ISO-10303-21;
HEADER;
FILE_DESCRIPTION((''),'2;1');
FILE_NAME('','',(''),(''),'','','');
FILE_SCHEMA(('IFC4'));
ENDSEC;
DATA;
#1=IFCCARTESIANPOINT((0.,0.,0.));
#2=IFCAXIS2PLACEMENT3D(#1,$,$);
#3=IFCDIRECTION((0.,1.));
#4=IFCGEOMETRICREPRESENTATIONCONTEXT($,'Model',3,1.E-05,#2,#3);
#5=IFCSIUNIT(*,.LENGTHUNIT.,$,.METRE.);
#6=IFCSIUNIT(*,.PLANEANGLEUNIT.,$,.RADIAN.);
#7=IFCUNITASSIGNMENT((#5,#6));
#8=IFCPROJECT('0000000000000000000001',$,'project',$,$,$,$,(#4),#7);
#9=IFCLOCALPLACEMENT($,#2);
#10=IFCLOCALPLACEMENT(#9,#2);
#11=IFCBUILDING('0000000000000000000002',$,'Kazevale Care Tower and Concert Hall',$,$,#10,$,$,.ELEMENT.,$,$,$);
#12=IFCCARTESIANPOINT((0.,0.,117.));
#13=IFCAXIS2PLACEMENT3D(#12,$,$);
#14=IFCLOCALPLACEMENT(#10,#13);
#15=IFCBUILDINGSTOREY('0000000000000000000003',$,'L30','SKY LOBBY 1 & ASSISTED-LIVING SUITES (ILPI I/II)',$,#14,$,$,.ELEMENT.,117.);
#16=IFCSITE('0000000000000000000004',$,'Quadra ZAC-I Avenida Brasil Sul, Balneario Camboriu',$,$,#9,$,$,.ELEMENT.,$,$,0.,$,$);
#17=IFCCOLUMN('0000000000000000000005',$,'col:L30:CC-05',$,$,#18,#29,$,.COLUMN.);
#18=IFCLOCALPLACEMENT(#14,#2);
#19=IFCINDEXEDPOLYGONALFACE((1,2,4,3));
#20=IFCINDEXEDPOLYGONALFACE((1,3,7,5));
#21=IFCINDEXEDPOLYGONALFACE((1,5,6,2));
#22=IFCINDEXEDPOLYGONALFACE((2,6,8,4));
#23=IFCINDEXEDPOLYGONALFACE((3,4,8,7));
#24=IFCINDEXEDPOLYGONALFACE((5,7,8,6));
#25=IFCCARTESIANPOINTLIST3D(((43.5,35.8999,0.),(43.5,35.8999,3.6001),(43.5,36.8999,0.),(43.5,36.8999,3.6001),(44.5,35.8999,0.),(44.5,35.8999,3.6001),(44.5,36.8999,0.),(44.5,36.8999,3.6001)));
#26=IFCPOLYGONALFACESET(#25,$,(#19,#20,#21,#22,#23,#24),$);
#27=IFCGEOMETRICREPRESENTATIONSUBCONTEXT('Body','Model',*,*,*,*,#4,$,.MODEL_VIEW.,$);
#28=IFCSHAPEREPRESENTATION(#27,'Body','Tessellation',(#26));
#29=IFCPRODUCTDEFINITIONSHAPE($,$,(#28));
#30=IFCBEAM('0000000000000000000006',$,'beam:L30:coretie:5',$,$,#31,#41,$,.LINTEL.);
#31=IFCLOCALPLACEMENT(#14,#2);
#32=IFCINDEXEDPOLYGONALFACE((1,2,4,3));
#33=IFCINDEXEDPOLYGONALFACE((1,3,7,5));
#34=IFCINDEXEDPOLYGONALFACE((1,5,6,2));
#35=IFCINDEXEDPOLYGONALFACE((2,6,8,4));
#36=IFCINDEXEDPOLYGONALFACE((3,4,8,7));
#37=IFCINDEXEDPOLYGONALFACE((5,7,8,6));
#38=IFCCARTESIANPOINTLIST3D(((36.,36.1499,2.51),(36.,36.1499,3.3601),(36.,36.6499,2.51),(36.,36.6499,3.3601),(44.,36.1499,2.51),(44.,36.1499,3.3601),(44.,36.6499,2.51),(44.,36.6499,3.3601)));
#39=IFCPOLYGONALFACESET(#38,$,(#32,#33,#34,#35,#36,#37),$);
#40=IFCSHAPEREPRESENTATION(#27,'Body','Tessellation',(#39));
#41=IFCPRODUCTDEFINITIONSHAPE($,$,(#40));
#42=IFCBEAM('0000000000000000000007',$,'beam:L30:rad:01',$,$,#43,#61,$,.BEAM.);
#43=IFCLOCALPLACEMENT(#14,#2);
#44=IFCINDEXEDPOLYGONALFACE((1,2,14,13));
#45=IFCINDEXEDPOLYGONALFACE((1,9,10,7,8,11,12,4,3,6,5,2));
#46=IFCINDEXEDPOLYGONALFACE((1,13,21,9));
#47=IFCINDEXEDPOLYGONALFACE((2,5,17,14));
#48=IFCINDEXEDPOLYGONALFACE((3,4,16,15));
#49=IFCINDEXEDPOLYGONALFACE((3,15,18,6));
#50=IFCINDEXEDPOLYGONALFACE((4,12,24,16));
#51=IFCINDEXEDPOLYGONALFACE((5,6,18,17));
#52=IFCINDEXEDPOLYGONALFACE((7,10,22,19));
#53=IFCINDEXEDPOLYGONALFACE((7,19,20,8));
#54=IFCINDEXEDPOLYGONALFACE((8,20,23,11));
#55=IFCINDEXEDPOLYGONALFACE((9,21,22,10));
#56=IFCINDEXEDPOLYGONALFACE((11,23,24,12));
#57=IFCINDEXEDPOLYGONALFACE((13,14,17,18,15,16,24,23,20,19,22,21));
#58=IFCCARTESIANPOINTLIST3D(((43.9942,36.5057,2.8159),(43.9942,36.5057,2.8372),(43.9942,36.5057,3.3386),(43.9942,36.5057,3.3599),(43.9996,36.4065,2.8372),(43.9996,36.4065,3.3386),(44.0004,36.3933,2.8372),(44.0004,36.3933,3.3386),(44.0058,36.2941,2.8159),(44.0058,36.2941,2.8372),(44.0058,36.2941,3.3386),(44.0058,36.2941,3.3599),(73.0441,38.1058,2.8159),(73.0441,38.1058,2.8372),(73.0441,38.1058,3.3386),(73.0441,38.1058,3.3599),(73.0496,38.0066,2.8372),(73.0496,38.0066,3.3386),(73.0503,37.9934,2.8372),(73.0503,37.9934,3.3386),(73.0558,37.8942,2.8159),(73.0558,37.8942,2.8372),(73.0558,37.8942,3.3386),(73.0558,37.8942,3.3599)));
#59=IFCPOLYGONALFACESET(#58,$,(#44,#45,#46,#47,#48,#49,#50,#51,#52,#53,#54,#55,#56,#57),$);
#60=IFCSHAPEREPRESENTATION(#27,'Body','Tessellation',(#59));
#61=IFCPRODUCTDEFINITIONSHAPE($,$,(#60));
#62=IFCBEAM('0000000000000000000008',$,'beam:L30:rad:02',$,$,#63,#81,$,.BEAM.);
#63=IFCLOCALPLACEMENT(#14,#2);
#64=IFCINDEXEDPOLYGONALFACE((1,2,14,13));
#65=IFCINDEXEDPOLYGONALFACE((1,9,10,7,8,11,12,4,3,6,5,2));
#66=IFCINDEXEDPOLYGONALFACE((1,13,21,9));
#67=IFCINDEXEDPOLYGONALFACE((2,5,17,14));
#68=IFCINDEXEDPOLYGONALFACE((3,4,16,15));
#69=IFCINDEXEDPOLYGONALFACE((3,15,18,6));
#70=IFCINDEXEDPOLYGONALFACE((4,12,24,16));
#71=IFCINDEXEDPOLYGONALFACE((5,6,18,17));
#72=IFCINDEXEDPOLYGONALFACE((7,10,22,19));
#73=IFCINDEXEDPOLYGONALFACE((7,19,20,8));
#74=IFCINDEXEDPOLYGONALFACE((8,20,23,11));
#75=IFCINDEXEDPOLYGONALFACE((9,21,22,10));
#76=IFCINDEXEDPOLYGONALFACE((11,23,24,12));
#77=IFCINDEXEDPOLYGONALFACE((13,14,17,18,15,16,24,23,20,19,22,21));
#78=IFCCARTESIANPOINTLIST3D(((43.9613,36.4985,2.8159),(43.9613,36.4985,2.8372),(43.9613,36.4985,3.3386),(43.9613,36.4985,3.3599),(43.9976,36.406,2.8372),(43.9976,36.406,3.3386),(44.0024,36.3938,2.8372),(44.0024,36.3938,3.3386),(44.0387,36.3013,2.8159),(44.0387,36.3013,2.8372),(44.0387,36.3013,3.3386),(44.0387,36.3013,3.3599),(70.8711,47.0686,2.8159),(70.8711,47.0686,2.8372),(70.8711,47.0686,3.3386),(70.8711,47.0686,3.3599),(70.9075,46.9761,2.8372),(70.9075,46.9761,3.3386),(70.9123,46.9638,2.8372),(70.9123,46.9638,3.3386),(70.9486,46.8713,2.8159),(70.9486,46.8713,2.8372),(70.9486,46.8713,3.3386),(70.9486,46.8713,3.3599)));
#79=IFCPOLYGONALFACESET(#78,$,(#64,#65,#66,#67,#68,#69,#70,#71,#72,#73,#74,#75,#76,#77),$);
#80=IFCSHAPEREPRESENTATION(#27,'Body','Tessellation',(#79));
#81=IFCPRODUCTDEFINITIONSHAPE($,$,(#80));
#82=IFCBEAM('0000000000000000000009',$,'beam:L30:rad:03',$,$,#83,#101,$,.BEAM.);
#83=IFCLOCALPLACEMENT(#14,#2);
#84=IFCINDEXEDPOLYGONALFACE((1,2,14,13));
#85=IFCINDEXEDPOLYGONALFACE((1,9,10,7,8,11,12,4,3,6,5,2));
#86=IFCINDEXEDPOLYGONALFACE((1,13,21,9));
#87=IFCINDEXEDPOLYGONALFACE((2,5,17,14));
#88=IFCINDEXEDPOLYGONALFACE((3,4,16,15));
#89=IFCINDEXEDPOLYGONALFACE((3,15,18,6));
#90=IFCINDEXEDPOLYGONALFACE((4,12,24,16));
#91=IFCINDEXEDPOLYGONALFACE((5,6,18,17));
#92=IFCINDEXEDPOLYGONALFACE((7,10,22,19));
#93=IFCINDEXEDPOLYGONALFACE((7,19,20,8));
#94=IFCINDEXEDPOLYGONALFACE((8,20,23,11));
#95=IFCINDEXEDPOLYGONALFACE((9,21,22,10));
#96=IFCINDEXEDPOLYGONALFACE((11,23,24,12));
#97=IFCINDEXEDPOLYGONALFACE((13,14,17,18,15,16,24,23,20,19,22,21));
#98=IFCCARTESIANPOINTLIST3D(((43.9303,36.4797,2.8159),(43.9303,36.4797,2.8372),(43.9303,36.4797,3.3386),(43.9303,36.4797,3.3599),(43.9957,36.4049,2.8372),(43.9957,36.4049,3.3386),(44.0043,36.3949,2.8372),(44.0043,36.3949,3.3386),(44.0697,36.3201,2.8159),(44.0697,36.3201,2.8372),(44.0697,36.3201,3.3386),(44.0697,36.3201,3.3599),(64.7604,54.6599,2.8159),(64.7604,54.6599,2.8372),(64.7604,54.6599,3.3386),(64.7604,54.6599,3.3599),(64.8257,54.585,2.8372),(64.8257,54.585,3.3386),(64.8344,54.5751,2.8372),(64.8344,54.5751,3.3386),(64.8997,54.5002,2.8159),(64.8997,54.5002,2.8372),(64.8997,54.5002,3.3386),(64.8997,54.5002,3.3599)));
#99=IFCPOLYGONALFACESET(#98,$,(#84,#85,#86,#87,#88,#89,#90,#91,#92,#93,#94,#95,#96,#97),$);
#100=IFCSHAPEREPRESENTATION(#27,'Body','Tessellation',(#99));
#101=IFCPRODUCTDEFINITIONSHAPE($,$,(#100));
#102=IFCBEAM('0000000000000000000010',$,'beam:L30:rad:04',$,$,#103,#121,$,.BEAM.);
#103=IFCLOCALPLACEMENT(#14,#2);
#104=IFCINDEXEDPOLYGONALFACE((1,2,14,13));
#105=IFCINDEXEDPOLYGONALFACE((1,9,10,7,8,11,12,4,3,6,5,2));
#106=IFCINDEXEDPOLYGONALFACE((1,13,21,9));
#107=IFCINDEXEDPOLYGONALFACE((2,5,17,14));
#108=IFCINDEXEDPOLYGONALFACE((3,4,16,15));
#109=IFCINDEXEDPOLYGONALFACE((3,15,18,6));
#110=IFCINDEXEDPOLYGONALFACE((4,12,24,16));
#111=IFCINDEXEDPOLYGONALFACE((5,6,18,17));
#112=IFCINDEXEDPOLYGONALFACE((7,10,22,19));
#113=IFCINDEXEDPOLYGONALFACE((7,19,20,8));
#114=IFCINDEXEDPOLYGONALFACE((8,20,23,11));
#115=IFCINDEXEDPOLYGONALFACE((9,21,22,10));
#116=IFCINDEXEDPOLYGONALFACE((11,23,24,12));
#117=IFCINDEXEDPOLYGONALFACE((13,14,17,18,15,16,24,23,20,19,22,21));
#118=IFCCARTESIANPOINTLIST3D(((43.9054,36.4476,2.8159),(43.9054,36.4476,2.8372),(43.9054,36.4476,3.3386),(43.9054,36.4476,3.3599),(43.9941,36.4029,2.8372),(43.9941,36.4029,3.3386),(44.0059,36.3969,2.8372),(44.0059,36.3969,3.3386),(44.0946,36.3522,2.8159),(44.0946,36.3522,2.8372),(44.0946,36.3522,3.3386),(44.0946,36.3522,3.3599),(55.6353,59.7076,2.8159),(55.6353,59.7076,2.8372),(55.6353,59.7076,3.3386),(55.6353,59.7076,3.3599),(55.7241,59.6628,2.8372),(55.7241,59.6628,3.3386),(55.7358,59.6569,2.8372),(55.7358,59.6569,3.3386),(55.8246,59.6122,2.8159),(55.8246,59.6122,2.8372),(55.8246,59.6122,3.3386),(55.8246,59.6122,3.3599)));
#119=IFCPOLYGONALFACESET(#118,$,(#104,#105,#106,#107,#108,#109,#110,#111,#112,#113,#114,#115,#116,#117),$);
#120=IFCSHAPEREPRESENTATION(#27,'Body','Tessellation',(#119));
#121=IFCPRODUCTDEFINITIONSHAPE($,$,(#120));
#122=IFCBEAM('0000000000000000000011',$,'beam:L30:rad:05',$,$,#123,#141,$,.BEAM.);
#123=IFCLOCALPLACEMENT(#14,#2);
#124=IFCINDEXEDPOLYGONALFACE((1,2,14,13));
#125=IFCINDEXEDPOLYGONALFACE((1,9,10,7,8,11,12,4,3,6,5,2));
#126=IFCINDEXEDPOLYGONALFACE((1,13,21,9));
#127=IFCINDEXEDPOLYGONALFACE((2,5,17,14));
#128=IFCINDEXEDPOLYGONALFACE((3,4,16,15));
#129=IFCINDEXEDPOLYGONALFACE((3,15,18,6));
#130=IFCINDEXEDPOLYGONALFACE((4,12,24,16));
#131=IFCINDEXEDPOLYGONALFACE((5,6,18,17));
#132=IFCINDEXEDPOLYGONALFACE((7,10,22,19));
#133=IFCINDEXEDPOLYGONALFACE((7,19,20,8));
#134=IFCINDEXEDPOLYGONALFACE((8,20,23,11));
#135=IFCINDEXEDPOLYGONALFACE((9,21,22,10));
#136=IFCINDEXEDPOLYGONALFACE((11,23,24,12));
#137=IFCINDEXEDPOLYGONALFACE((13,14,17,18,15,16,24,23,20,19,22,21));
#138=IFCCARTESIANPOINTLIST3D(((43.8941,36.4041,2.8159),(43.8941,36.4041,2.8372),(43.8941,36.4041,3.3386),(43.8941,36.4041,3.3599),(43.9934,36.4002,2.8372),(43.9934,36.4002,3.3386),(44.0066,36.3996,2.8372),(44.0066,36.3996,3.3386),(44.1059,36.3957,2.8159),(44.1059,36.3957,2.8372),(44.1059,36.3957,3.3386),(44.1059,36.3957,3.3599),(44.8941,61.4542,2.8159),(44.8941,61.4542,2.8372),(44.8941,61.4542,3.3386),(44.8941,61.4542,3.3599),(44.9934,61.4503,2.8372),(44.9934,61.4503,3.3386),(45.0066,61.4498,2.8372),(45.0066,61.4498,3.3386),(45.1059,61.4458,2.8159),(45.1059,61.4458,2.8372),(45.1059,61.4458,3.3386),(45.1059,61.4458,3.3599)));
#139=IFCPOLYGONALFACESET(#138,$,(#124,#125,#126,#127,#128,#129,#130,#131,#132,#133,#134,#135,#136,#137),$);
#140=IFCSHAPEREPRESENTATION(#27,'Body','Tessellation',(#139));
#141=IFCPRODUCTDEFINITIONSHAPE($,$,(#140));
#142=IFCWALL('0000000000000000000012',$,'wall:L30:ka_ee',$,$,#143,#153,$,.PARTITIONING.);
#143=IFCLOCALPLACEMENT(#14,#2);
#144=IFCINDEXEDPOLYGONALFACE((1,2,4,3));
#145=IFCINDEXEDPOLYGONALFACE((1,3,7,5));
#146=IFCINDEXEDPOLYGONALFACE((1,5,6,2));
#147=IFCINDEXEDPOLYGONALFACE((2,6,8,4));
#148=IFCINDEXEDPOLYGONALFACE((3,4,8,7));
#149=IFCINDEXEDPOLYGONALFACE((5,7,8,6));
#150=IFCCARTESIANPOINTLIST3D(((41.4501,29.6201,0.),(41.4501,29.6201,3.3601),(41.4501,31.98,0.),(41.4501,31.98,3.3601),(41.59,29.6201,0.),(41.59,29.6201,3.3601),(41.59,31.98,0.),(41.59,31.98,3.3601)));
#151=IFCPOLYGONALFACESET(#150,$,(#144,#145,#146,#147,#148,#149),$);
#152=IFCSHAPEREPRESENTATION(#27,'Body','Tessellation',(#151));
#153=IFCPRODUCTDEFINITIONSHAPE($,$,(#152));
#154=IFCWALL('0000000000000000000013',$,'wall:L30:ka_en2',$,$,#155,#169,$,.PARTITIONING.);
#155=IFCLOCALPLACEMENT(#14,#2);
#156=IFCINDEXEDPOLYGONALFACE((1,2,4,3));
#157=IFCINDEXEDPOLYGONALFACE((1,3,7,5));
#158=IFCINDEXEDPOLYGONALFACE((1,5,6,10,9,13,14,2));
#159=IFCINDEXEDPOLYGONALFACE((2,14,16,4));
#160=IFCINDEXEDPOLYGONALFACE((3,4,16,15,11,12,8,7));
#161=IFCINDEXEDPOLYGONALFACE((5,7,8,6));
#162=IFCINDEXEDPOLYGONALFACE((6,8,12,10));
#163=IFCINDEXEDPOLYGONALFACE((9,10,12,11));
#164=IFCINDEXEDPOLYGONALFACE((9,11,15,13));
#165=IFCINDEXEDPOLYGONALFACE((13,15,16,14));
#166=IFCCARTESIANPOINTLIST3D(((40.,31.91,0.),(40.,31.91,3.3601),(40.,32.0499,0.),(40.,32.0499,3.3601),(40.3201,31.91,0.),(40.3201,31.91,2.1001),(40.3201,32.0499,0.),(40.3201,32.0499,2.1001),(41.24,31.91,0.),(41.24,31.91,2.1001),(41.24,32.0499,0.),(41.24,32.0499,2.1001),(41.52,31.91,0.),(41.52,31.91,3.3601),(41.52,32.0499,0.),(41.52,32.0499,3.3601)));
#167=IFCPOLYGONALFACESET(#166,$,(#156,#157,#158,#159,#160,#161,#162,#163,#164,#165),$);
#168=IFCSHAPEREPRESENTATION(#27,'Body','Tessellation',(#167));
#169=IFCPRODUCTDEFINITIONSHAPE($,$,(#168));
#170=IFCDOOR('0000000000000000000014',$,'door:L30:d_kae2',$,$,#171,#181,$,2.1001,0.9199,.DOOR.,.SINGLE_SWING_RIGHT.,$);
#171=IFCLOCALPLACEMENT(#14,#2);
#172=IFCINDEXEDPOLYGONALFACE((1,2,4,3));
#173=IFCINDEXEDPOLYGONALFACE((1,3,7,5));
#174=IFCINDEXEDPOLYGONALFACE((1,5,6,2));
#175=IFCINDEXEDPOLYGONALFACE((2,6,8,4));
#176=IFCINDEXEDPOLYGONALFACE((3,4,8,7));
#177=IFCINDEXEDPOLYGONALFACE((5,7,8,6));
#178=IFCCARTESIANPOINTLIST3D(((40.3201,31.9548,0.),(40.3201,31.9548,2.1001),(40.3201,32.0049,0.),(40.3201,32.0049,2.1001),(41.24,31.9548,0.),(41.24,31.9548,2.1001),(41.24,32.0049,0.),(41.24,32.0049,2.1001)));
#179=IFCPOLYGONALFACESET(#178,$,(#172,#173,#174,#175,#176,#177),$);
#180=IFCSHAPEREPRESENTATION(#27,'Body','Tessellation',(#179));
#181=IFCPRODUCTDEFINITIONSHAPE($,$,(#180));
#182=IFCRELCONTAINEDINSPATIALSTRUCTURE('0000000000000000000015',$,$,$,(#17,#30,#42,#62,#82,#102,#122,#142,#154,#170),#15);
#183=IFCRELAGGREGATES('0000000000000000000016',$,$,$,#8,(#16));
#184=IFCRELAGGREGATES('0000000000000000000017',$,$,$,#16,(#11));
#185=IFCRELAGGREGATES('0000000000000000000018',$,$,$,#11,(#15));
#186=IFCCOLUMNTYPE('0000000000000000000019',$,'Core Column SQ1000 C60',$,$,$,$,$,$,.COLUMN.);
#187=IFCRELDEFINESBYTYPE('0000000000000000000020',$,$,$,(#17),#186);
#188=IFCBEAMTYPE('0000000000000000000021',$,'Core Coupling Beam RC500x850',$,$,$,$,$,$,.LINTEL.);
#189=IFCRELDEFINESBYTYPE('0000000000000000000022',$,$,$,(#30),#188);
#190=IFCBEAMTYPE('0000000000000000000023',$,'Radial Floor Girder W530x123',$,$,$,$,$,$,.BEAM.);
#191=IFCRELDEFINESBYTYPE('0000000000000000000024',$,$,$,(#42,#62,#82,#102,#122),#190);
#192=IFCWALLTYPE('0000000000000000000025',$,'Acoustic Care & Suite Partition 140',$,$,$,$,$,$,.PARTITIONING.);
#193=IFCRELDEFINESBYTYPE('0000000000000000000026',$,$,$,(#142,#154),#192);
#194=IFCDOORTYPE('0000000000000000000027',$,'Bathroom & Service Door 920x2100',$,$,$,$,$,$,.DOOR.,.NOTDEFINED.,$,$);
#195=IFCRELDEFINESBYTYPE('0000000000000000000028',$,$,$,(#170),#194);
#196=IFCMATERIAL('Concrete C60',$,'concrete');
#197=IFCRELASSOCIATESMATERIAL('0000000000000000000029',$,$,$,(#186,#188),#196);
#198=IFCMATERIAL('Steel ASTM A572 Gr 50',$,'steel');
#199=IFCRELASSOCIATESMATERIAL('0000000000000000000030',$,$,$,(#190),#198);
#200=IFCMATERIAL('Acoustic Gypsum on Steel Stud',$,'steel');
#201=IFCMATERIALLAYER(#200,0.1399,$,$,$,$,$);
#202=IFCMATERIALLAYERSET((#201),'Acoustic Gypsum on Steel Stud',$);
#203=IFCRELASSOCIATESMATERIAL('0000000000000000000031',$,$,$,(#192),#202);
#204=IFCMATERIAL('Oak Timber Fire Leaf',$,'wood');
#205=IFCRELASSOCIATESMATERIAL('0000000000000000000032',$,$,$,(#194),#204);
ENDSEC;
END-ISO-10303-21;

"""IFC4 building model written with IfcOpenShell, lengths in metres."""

from ifc_helpers import new_model, si_unit, direction, frame, frame_2d, origin, origin_2d, place, context, subcontext, project, spatial, rectangle, i_section, extrude, material, layer, layer_set, material_profile, profile_set, type_object, element, fill, save


model = new_model("IFC4")

# Units and contexts
model_context = context("Model", 3, precision=1e-05, world=origin(), true_north=direction((0.0, 1.0)))
body_context = subcontext(model_context, "Body", "Model", "MODEL_VIEW")
ifc_project = project(units=[si_unit("LENGTHUNIT", "METRE"), si_unit("PLANEANGLEUNIT", "RADIAN")], contexts=[model_context])

# Site, building, storey
site_placement = place(None, origin())
site = spatial("IfcSite", under=ifc_project, at=site_placement, Name="Quadra ZAC-I Avenida Brasil Sul, Balneario Camboriu", CompositionType="ELEMENT", RefElevation=0.0)
building_placement = place(site_placement, origin())
building = spatial("IfcBuilding", under=site, at=building_placement, Name="Kazevale Care Tower and Concert Hall", CompositionType="ELEMENT")
storey_placement = place(building_placement, frame((0.0, 0.0, 117.0)))
storey = spatial("IfcBuildingStorey", under=building, at=storey_placement, Name="L30", Description="SKY LOBBY 1 & ASSISTED-LIVING SUITES (ILPI I/II)", CompositionType="ELEMENT", Elevation=117.0)

# Column
ifc_material_1 = material(Name="Concrete C60", Category="concrete")
ifc_material_profile_1 = material_profile(ifc_material_1, rectangle(XDim=1.0, YDim=1.0, at=origin_2d()), Name="RC-SQ1000")
ifc_profile_set_1 = profile_set([ifc_material_profile_1], Name="Concrete C60")
column_type = type_object("IfcColumnType", Name="Core Column SQ1000 C60", PredefinedType="COLUMN", material=ifc_profile_set_1)
column_placement = place(storey_placement, frame((44.0, 36.3999, 0.0), z_axis=(0.0, 0.0, 1.0), x_axis=(1.0, 0.0, 0.0)))
element("IfcColumn", 1, at=column_placement, inside=storey, type_object=column_type, Name="col:L30:CC-05", PredefinedType="COLUMN", context=body_context, shape_type="SweptSolid", body=[
    extrude(rectangle(XDim=1.0, YDim=1.0, at=origin_2d()), origin(), (0.0, 0.0, 1.0), 3.6001),
])

# Beams
ifc_material_profile_2 = material_profile(ifc_material_1, rectangle(XDim=0.5, YDim=0.8501, at=origin_2d()), Name="RC-B500x850")
ifc_profile_set_2 = profile_set([ifc_material_profile_2], Name="Concrete C60")
beam_type_1 = type_object("IfcBeamType", Name="Core Coupling Beam RC500x850", PredefinedType="LINTEL", material=ifc_profile_set_2)
beam_1_placement = place(storey_placement, frame((44.0, 36.3999, 2.9351), z_axis=(-1.0, 0.0, 0.0), x_axis=(0.0, -1.0, 0.0)))
element("IfcBeam", 2, at=beam_1_placement, inside=storey, type_object=beam_type_1, Name="beam:L30:coretie:5", PredefinedType="LINTEL", context=body_context, shape_type="SweptSolid", body=[
    extrude(rectangle(XDim=0.5, YDim=0.8501, at=origin_2d()), origin(), (0.0, 0.0, 1.0), 8.0),
])
ifc_material_2 = material(Name="Steel ASTM A572 Gr 50", Category="steel")
ifc_material_profile_3 = material_profile(ifc_material_2, i_section(OverallWidth=0.2119, OverallDepth=0.5439, WebThickness=0.0132, FlangeThickness=0.0212, at=origin_2d()), Name="W530x123")
ifc_profile_set_3 = profile_set([ifc_material_profile_3], Name="Steel ASTM A572 Gr 50")
beam_type_2 = type_object("IfcBeamType", Name="Radial Floor Girder W530x123", PredefinedType="BEAM", material=ifc_profile_set_3)
beam_2_placement = place(storey_placement, frame((44.0, 36.3999, 3.0879), z_axis=(0.998487, 0.054997, 0.0), x_axis=(-0.054997, 0.998487, 0.0)))
element("IfcBeam", 3, at=beam_2_placement, inside=storey, type_object=beam_type_2, Name="beam:L30:rad:01", PredefinedType="BEAM", context=body_context, shape_type="SweptSolid", body=[
    extrude(i_section(OverallWidth=0.2119, OverallDepth=0.5439, WebThickness=0.0132, FlangeThickness=0.0212, at=origin_2d()), origin(), (0.0, 0.0, 1.0), 29.094),
])
beam_3_placement = place(storey_placement, frame((44.0, 36.3999, 3.0879), z_axis=(0.930771, 0.365602, 0.0), x_axis=(-0.365602, 0.930771, 0.0)))
element("IfcBeam", 4, at=beam_3_placement, inside=storey, type_object=beam_type_2, Name="beam:L30:rad:02", PredefinedType="BEAM", context=body_context, shape_type="SweptSolid", body=[
    extrude(i_section(OverallWidth=0.2119, OverallDepth=0.5439, WebThickness=0.0132, FlangeThickness=0.0212, at=origin_2d()), origin(), (0.0, 0.0, 1.0), 28.9114),
])
beam_4_placement = place(storey_placement, frame((44.0, 36.3999, 3.0879), z_axis=(0.753403, 0.657559, 0.0), x_axis=(-0.657559, 0.753403, 0.0)))
element("IfcBeam", 5, at=beam_4_placement, inside=storey, type_object=beam_type_2, Name="beam:L30:rad:03", PredefinedType="BEAM", context=body_context, shape_type="SweptSolid", body=[
    extrude(i_section(OverallWidth=0.2119, OverallDepth=0.5439, WebThickness=0.0132, FlangeThickness=0.0212, at=origin_2d()), origin(), (0.0, 0.0, 1.0), 27.6479),
])
beam_5_placement = place(storey_placement, frame((44.0, 36.3999, 3.0879), z_axis=(0.450281, 0.892887, 0.0), x_axis=(-0.892887, 0.450281, 0.0)))
element("IfcBeam", 6, at=beam_5_placement, inside=storey, type_object=beam_type_2, Name="beam:L30:rad:04", PredefinedType="BEAM", context=body_context, shape_type="SweptSolid", body=[
    extrude(i_section(OverallWidth=0.2119, OverallDepth=0.5439, WebThickness=0.0132, FlangeThickness=0.0212, at=origin_2d()), origin(), (0.0, 0.0, 1.0), 26.0503),
])
beam_6_placement = place(storey_placement, frame((44.0, 36.3999, 3.0879), z_axis=(0.039888, 0.999204, 0.0), x_axis=(-0.999204, 0.039888, 0.0)))
element("IfcBeam", 7, at=beam_6_placement, inside=storey, type_object=beam_type_2, Name="beam:L30:rad:05", PredefinedType="BEAM", context=body_context, shape_type="SweptSolid", body=[
    extrude(i_section(OverallWidth=0.2119, OverallDepth=0.5439, WebThickness=0.0132, FlangeThickness=0.0212, at=origin_2d()), origin(), (0.0, 0.0, 1.0), 25.0701),
])

# Wall
ifc_material_3 = material(Name="Acoustic Gypsum on Steel Stud", Category="steel")
ifc_layer_1 = layer(ifc_material_3, 0.1399)
ifc_layer_set_1 = layer_set([ifc_layer_1], Name="Acoustic Gypsum on Steel Stud")
wall_type_1 = type_object("IfcWallType", Name="Acoustic Care & Suite Partition 140", PredefinedType="PARTITIONING", material=ifc_layer_set_1)
wall_1_placement = place(storey_placement, frame((41.52, 29.6201, 0.0), z_axis=(0.0, 0.0, 1.0), x_axis=(0.0, 1.0, 0.0)))
element("IfcWall", 8, at=wall_1_placement, inside=storey, type_object=wall_type_1, Name="wall:L30:ka_ee", PredefinedType="PARTITIONING", context=body_context, shape_type="SweptSolid", body=[
    extrude(rectangle(XDim=2.3599, YDim=0.1399, at=frame_2d((1.1799, 0.0))), origin(), (0.0, 0.0, 1.0), 3.3601),
])

# Wall, opening, door
wall_2_placement = place(storey_placement, frame((40.0, 31.98, 0.0), z_axis=(0.0, 0.0, 1.0), x_axis=(1.0, 0.0, 0.0)))
wall_2 = element("IfcWall", 9, at=wall_2_placement, inside=storey, type_object=wall_type_1, Name="wall:L30:ka_en2", PredefinedType="PARTITIONING", context=body_context, shape_type="SweptSolid", body=[
    extrude(rectangle(XDim=1.52, YDim=0.1399, at=frame_2d((0.76, 0.0))), origin(), (0.0, 0.0, 1.0), 3.3601),
])
opening_1_placement = place(wall_2_placement, frame((0.3201, 0.0, 0.0)))
opening_1 = element("IfcOpeningElement", 10, at=opening_1_placement, cuts=wall_2, PredefinedType="OPENING", context=body_context, shape_type="SweptSolid", body=[
    extrude(rectangle(XDim=0.9199, YDim=2.1001, at=frame_2d((0.46, 1.05))), frame((0.0, 0.0798, 0.0), z_axis=(0.0, -1.0, 0.0), x_axis=(1.0, 0.0, 0.0)), (0.0, 0.0, 1.0), 0.1599),
])
ifc_material_4 = material(Name="Oak Timber Fire Leaf", Category="wood")
door_type = type_object("IfcDoorType", Name="Bathroom & Service Door 920x2100", OperationType="NOTDEFINED", PredefinedType="DOOR", material=ifc_material_4)
door_1_placement = place(opening_1_placement, origin())
door_1 = element("IfcDoor", 11, at=door_1_placement, inside=storey, type_object=door_type, Name="door:L30:d_kae2", OperationType="SINGLE_SWING_RIGHT", OverallHeight=2.1001, OverallWidth=0.9199, PredefinedType="DOOR", context=body_context, shape_type="SweptSolid", body=[
    extrude(rectangle(XDim=0.9199, YDim=2.1001, at=frame_2d((0.46, 1.05))), frame((0.0, 0.0249, 0.0), z_axis=(0.0, -1.0, 0.0), x_axis=(1.0, 0.0, 0.0)), (0.0, 0.0, 1.0), 0.05),
])
fill(opening_1, door_1)

save(model, "model.ifc")
